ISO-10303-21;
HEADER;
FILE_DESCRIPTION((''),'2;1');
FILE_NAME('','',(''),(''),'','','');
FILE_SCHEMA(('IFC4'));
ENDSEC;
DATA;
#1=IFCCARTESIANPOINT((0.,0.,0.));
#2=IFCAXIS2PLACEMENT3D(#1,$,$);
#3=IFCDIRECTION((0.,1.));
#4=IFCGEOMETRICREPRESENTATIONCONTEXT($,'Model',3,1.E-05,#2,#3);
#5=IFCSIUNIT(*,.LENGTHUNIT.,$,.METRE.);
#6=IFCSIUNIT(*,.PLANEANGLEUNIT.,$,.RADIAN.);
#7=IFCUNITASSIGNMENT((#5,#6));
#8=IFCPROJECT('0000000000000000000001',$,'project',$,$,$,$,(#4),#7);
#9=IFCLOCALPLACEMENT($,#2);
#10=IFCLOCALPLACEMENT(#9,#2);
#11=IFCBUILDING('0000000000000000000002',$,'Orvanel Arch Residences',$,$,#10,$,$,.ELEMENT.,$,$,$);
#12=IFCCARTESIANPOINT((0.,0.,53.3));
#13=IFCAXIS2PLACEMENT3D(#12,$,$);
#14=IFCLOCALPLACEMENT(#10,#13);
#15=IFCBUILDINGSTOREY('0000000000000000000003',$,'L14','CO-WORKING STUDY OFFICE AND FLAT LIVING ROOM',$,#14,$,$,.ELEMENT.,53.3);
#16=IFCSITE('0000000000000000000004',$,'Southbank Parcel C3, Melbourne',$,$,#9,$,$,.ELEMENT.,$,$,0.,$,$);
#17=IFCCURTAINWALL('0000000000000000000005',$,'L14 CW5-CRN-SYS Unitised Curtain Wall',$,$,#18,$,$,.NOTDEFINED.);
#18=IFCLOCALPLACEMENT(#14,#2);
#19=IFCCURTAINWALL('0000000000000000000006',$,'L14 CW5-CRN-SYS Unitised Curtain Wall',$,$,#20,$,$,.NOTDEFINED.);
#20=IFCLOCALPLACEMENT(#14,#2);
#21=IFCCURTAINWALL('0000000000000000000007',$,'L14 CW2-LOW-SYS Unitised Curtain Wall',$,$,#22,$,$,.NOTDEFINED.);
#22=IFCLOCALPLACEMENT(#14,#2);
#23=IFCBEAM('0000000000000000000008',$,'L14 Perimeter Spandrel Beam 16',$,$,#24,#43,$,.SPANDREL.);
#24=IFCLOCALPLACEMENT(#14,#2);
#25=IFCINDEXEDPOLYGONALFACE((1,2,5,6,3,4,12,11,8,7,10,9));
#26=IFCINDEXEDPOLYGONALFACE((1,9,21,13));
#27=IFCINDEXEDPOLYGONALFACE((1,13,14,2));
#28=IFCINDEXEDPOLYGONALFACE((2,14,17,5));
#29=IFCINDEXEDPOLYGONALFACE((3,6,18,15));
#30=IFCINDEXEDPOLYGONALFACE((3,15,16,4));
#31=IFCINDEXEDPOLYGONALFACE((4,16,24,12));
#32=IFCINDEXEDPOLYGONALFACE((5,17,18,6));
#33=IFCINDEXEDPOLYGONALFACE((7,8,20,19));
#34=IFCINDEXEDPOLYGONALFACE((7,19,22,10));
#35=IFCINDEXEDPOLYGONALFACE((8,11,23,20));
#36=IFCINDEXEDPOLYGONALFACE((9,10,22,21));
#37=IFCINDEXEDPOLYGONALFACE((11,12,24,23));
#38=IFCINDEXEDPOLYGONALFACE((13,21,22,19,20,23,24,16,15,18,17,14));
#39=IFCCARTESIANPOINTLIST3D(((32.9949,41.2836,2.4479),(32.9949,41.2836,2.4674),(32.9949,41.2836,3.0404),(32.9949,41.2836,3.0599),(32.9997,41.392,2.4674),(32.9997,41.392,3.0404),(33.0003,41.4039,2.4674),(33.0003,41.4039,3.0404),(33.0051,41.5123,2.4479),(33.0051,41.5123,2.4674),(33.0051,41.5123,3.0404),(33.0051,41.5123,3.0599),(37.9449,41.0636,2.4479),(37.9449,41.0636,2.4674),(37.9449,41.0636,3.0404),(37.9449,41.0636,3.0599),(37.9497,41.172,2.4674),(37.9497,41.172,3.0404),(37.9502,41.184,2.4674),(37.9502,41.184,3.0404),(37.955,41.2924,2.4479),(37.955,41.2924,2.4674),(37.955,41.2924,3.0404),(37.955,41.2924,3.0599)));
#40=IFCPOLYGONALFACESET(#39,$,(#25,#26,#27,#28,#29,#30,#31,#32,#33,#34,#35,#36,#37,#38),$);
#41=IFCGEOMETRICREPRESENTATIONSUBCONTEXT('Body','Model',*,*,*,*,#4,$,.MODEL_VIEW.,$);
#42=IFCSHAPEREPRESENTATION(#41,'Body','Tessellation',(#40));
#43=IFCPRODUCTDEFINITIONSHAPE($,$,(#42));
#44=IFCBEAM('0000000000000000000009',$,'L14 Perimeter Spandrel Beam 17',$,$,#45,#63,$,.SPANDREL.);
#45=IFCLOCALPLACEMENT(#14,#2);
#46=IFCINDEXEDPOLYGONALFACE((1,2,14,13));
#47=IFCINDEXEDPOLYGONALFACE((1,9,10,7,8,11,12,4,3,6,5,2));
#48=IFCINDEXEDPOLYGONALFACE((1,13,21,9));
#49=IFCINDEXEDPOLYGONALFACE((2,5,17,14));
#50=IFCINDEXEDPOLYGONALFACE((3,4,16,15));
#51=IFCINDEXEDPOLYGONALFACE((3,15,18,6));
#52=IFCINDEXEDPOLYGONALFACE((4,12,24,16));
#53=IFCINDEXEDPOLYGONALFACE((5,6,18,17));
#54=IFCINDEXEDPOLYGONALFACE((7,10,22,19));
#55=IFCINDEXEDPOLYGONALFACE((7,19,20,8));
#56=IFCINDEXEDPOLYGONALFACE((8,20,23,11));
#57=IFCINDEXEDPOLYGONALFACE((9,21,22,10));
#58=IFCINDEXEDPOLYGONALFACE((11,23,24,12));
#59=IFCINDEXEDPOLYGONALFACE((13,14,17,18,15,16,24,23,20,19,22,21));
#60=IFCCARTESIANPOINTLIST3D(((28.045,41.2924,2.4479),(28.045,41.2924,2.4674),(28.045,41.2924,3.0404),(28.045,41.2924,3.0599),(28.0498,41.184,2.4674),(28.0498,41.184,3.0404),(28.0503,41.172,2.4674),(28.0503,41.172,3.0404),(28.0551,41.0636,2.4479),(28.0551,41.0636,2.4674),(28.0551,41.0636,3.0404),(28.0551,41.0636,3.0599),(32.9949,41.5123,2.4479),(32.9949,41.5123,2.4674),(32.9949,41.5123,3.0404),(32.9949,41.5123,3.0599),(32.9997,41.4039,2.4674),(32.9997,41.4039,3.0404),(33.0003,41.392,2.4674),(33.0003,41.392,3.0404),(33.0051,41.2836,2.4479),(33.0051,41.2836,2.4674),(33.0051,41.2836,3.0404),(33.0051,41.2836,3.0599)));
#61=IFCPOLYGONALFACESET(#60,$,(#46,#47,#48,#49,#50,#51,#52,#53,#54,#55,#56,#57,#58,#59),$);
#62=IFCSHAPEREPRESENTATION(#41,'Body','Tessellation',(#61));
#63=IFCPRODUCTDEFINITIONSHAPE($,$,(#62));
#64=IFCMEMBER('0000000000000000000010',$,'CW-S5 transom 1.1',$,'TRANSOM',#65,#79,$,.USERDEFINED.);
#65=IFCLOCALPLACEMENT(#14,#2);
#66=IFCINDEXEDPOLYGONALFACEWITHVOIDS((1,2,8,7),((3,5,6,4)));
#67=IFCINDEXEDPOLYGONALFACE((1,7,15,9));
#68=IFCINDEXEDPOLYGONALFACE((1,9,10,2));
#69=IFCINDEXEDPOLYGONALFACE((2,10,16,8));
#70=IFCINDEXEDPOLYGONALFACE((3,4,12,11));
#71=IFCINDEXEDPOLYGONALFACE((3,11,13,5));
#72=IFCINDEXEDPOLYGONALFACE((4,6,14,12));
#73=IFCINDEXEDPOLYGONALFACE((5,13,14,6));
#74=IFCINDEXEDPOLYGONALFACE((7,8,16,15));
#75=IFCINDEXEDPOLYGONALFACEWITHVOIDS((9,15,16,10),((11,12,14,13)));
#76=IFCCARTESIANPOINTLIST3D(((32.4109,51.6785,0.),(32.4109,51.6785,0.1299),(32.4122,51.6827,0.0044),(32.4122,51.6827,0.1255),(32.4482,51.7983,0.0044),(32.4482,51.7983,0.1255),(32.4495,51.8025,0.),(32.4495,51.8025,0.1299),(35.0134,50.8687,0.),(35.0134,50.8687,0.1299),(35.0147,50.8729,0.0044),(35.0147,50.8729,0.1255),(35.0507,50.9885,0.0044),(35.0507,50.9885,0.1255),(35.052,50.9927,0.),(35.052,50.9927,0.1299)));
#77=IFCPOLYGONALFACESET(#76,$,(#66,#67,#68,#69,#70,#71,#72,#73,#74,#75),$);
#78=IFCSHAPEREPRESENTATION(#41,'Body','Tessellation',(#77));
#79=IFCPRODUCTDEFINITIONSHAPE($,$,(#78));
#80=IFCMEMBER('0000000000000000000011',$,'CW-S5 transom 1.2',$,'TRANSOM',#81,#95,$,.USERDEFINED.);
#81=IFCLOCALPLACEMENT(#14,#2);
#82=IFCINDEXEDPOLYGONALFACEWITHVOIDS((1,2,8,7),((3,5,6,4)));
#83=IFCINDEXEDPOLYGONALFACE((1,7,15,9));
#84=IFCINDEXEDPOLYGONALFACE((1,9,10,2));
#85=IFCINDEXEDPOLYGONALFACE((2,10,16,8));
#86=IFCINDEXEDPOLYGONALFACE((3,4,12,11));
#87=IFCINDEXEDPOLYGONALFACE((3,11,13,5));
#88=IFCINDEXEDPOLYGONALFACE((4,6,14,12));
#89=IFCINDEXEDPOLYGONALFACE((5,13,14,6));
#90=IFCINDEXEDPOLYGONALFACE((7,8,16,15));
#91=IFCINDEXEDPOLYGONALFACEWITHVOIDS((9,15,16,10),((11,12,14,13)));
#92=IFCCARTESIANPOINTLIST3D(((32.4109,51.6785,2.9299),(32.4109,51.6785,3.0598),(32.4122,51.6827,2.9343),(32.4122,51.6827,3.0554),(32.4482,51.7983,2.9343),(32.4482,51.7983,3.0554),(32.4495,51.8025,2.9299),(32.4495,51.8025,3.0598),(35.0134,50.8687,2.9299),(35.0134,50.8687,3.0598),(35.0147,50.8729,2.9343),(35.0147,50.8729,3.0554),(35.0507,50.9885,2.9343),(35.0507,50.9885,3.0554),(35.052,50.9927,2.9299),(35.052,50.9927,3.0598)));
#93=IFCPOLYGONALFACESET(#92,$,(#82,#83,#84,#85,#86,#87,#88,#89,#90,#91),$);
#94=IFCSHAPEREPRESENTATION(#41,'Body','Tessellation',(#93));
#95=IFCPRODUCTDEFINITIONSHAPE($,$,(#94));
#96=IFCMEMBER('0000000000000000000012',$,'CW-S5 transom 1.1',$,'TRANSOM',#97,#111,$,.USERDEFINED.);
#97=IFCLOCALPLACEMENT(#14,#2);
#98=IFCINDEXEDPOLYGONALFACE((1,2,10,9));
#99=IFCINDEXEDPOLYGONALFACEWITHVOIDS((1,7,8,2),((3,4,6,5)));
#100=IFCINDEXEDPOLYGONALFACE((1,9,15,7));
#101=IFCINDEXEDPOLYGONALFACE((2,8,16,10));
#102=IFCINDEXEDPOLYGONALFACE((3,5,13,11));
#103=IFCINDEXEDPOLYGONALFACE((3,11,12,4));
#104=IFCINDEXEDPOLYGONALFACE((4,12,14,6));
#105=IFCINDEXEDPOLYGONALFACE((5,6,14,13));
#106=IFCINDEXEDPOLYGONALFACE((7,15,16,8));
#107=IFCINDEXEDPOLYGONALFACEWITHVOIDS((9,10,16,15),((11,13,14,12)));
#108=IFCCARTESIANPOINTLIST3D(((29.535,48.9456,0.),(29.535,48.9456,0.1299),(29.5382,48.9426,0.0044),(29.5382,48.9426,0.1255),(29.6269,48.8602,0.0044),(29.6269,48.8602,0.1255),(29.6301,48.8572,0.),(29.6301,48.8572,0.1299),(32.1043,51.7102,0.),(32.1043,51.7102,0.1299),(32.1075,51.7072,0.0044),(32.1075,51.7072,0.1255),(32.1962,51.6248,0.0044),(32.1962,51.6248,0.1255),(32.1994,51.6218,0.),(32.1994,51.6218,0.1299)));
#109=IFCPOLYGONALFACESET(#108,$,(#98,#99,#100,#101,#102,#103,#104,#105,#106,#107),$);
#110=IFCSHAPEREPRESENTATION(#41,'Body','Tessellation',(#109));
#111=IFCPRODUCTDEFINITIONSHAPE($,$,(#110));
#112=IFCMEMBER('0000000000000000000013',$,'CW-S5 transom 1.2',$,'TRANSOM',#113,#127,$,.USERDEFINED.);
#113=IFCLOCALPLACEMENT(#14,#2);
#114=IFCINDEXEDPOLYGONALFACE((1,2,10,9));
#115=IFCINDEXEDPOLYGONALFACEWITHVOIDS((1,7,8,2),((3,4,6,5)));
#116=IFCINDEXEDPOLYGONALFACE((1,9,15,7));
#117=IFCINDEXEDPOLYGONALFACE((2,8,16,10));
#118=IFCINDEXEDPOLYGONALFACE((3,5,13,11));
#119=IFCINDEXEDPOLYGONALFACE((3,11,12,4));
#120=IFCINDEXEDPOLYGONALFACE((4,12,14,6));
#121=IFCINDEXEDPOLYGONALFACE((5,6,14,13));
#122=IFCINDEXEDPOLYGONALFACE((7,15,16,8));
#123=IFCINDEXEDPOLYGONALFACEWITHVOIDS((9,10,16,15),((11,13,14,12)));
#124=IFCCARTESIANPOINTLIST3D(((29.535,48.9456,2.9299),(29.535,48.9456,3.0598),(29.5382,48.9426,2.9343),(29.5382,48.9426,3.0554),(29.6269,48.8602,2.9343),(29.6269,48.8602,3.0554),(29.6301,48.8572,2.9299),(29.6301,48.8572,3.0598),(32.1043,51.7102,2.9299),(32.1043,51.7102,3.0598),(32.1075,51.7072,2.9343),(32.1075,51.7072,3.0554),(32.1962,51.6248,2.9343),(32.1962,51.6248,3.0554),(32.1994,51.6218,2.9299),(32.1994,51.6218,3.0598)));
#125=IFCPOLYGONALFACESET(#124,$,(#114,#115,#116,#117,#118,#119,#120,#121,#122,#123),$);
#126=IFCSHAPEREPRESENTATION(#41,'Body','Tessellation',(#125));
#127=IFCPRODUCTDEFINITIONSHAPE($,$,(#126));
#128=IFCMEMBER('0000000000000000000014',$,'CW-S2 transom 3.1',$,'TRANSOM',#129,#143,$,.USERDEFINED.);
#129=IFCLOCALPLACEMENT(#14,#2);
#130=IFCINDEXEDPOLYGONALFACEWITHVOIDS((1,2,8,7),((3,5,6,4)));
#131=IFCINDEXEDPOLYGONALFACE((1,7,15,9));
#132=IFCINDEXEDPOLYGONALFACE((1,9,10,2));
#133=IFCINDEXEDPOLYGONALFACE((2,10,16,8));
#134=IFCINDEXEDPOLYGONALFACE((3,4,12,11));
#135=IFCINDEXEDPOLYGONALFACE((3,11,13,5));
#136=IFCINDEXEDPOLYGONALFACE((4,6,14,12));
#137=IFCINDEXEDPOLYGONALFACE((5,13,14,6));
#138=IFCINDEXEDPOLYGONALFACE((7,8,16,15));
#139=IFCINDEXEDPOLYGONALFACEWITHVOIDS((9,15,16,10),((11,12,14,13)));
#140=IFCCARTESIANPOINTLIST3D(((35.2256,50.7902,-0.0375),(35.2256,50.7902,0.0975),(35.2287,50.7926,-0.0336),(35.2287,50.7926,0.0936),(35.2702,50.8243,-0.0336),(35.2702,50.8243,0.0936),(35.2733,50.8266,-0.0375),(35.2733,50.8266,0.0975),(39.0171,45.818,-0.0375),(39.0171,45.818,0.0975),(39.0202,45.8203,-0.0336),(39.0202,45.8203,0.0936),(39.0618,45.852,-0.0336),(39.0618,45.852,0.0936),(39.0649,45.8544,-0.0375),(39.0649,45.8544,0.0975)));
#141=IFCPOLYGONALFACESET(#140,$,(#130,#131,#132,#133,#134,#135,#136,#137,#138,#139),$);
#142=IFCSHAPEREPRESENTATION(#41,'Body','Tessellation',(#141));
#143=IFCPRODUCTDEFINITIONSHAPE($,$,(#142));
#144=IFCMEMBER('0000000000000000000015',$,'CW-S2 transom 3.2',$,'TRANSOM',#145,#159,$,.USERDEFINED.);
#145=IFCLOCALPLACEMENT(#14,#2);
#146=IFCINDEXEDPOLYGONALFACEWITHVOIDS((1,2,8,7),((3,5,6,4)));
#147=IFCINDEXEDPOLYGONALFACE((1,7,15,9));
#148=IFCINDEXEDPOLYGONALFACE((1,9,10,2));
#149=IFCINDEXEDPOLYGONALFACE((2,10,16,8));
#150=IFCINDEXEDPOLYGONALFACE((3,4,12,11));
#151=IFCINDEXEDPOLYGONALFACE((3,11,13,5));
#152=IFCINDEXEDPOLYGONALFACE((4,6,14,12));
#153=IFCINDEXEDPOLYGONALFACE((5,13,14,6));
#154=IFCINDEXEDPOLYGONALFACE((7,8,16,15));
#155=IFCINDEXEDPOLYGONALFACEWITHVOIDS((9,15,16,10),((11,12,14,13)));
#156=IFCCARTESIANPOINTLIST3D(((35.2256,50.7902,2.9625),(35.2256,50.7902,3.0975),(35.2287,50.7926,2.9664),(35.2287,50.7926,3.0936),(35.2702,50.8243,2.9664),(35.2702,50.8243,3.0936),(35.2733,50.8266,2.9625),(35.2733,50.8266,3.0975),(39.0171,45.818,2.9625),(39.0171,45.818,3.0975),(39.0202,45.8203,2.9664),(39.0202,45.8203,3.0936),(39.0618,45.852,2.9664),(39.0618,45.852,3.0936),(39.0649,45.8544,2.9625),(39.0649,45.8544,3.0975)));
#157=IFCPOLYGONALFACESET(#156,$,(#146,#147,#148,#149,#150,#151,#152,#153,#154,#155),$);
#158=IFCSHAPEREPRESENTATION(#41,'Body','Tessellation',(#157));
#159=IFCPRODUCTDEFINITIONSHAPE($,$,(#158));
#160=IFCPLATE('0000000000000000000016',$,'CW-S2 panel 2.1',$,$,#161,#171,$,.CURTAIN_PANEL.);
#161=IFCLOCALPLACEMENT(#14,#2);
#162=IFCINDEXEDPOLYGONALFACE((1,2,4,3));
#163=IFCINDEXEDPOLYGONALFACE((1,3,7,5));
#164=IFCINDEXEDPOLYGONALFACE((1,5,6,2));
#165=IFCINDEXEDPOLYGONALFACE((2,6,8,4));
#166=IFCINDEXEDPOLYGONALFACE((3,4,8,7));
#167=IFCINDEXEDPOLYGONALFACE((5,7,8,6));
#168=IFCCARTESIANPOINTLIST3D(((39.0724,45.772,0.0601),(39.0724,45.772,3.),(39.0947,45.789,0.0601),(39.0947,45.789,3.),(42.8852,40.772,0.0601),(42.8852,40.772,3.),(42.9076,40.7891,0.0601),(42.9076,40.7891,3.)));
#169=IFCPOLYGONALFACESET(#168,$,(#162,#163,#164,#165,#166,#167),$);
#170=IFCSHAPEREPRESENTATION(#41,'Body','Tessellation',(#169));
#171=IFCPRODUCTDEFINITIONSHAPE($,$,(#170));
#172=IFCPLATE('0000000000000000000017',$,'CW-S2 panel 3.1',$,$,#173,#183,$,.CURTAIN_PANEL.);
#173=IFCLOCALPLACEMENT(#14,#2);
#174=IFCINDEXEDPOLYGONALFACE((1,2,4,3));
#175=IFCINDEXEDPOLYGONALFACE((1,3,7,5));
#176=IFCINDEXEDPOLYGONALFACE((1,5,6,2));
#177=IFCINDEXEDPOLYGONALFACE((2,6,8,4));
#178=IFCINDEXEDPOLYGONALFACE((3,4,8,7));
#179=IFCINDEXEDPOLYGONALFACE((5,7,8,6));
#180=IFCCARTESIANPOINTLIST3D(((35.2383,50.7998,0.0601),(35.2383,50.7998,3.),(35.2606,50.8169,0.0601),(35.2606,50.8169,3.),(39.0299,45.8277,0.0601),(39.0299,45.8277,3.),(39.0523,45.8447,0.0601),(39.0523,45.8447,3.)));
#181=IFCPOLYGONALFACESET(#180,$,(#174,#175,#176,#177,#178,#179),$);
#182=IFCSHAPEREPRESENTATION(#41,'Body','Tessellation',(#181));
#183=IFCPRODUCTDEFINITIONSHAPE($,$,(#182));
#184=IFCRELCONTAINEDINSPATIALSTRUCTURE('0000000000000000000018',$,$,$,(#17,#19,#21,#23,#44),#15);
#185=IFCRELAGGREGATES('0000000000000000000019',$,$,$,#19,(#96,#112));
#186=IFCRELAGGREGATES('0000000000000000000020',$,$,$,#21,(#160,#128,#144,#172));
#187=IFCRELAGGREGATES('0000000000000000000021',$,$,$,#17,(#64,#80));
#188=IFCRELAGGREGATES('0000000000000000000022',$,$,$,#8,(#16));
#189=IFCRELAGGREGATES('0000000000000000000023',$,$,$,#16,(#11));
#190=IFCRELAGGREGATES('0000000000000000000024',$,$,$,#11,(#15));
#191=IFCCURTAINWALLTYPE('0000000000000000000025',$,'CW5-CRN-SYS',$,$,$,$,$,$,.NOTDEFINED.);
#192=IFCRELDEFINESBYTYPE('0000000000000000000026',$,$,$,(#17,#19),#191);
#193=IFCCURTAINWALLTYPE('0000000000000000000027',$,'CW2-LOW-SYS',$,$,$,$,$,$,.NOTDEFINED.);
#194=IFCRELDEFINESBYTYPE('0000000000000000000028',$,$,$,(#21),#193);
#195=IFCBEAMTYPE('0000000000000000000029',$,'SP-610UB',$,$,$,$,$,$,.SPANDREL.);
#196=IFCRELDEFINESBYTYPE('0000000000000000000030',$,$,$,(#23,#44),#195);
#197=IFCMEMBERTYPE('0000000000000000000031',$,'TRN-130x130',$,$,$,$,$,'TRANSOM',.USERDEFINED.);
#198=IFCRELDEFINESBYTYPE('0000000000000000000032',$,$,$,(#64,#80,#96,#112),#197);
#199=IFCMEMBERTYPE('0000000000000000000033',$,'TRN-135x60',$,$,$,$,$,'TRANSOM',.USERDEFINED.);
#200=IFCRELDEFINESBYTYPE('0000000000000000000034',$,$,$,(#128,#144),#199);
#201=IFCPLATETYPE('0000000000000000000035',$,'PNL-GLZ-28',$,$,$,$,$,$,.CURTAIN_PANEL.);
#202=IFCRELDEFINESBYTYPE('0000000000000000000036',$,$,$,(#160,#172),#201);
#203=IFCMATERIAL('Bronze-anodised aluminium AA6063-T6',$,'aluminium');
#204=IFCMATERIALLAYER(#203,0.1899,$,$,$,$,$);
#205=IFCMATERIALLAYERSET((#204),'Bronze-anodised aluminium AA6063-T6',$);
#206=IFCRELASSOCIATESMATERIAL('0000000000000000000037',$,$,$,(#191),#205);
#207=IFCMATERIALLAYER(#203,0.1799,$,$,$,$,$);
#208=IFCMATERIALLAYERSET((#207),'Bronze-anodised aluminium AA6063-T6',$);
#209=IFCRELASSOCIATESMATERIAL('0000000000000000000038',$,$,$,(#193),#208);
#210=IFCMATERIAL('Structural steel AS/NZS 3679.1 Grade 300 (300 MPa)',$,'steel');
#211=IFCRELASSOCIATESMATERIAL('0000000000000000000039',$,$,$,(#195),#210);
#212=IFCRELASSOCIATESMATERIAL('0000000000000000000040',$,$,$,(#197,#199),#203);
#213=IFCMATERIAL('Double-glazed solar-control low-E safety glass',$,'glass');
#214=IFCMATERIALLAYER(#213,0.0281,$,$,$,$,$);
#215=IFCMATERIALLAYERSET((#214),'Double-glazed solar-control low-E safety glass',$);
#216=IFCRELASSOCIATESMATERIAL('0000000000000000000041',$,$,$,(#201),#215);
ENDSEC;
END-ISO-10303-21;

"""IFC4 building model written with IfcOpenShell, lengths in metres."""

from ifc_helpers import new_model, si_unit, direction, frame, origin, origin_2d, place, context, subcontext, project, spatial, rectangle, hollow_rectangle, i_section, extrude, material, layer, layer_set, material_profile, profile_set, type_object, element, aggregate, save


model = new_model("IFC4")

# Units and contexts
model_context = context("Model", 3, precision=1e-05, world=origin(), true_north=direction((0.0, 1.0)))
body_context = subcontext(model_context, "Body", "Model", "MODEL_VIEW")
ifc_project = project(units=[si_unit("LENGTHUNIT", "METRE"), si_unit("PLANEANGLEUNIT", "RADIAN")], contexts=[model_context])

# Site, building, storey
site_placement = place(None, origin())
site = spatial("IfcSite", under=ifc_project, at=site_placement, Name="Southbank Parcel C3, Melbourne", CompositionType="ELEMENT", RefElevation=0.0)
building_placement = place(site_placement, origin())
building = spatial("IfcBuilding", under=site, at=building_placement, Name="Orvanel Arch Residences", CompositionType="ELEMENT")
storey_placement = place(building_placement, frame((0.0, 0.0, 53.3)))
storey = spatial("IfcBuildingStorey", under=building, at=storey_placement, Name="L14", Description="CO-WORKING STUDY OFFICE AND FLAT LIVING ROOM", CompositionType="ELEMENT", Elevation=53.3)

# Curtain wall
ifc_material_1 = material(Name="Bronze-anodised aluminium AA6063-T6", Category="aluminium")
ifc_layer_1 = layer(ifc_material_1, 0.1899)
ifc_layer_set_1 = layer_set([ifc_layer_1], Name="Bronze-anodised aluminium AA6063-T6")
curtain_wall_type_1 = type_object("IfcCurtainWallType", Name="CW5-CRN-SYS", PredefinedType="NOTDEFINED", material=ifc_layer_set_1)
curtain_wall_1_placement = place(storey_placement, origin())
curtain_wall_1 = element("IfcCurtainWall", 1, at=curtain_wall_1_placement, inside=storey, type_object=curtain_wall_type_1, Name="L14 CW5-CRN-SYS Unitised Curtain Wall", PredefinedType="NOTDEFINED")

# Curtain wall
curtain_wall_2_placement = place(storey_placement, origin())
curtain_wall_2 = element("IfcCurtainWall", 2, at=curtain_wall_2_placement, inside=storey, type_object=curtain_wall_type_1, Name="L14 CW5-CRN-SYS Unitised Curtain Wall", PredefinedType="NOTDEFINED")

# Curtain wall
ifc_layer_2 = layer(ifc_material_1, 0.1799)
ifc_layer_set_2 = layer_set([ifc_layer_2], Name="Bronze-anodised aluminium AA6063-T6")
curtain_wall_type_2 = type_object("IfcCurtainWallType", Name="CW2-LOW-SYS", PredefinedType="NOTDEFINED", material=ifc_layer_set_2)
curtain_wall_3_placement = place(storey_placement, origin())
curtain_wall_3 = element("IfcCurtainWall", 3, at=curtain_wall_3_placement, inside=storey, type_object=curtain_wall_type_2, Name="L14 CW2-LOW-SYS Unitised Curtain Wall", PredefinedType="NOTDEFINED")

# Beams
ifc_material_2 = material(Name="Structural steel AS/NZS 3679.1 Grade 300 (300 MPa)", Category="steel")
ifc_material_profile_1 = material_profile(ifc_material_2, i_section(OverallWidth=0.229, OverallDepth=0.6121, WebThickness=0.012, FlangeThickness=0.0195, at=origin_2d()), Name="610UB125")
ifc_profile_set_1 = profile_set([ifc_material_profile_1], Name="Structural steel AS/NZS 3679.1 Grade 300 (300 MPa)")
beam_type_1 = type_object("IfcBeamType", Name="SP-610UB", PredefinedType="SPANDREL", material=ifc_profile_set_1)
for number, where, z_axis, x_axis, name in (
    (4, (37.95, 41.178, 2.7539), (-0.999014, 0.044395, 0.0), (-0.044395, -0.999014, 0.0), "L14 Perimeter Spandrel Beam 16"),
    (5, (33.0, 41.3979, 2.7539), (-0.999014, -0.044395, 0.0), (0.044395, -0.999014, 0.0), "L14 Perimeter Spandrel Beam 17"),
):
    element("IfcBeam", number, at=place(storey_placement, frame(where, z_axis=z_axis, x_axis=x_axis)), inside=storey, type_object=beam_type_1, Name=name, PredefinedType="SPANDREL", context=body_context, shape_type="SweptSolid", body=[
        extrude(i_section(OverallWidth=0.229, OverallDepth=0.6121, WebThickness=0.012, FlangeThickness=0.0195, at=origin_2d()), origin(), (0.0, 0.0, 1.0), 4.9548),
    ])

# Members
ifc_material_profile_2 = material_profile(ifc_material_1, hollow_rectangle(XDim=0.1299, YDim=0.1299, WallThickness=0.0044, at=origin_2d()), Name="ALU130x130x4.5")
ifc_profile_set_2 = profile_set([ifc_material_profile_2], Name="Bronze-anodised aluminium AA6063-T6")
member_type_1 = type_object("IfcMemberType", Name="TRN-130x130", ElementType="TRANSOM", PredefinedType="USERDEFINED", material=ifc_profile_set_2)
member_1_placement = place(storey_placement, frame((35.0327, 50.9307, 0.0649), z_axis=(-0.954843, 0.297112, 0.0), x_axis=(-0.297112, -0.954843, 0.0)))
member_1 = element("IfcMember", 6, at=member_1_placement, type_object=member_type_1, Name="CW-S5 transom 1.1", ObjectType="TRANSOM", PredefinedType="USERDEFINED", context=body_context, shape_type="SweptSolid", body=[
    extrude(hollow_rectangle(XDim=0.1299, YDim=0.1299, WallThickness=0.0044, at=origin_2d()), origin(), (0.0, 0.0, 1.0), 2.7256),
])
member_2_placement = place(storey_placement, frame((35.0327, 50.9307, 2.9949), z_axis=(-0.954843, 0.297112, 0.0), x_axis=(-0.297112, -0.954843, 0.0)))
member_2 = element("IfcMember", 7, at=member_2_placement, type_object=member_type_1, Name="CW-S5 transom 1.2", ObjectType="TRANSOM", PredefinedType="USERDEFINED", context=body_context, shape_type="SweptSolid", body=[
    extrude(hollow_rectangle(XDim=0.1299, YDim=0.1299, WallThickness=0.0044, at=origin_2d()), origin(), (0.0, 0.0, 1.0), 2.7256),
])
member_3_placement = place(storey_placement, frame((32.1519, 51.666, 0.0649), z_axis=(-0.680759, -0.732508, 0.0), x_axis=(0.732508, -0.680759, 0.0)))
member_3 = element("IfcMember", 8, at=member_3_placement, type_object=member_type_1, Name="CW-S5 transom 1.1", ObjectType="TRANSOM", PredefinedType="USERDEFINED", context=body_context, shape_type="SweptSolid", body=[
    extrude(hollow_rectangle(XDim=0.1299, YDim=0.1299, WallThickness=0.0044, at=origin_2d()), origin(), (0.0, 0.0, 1.0), 3.7742),
])
member_4_placement = place(storey_placement, frame((32.1519, 51.666, 2.9949), z_axis=(-0.680759, -0.732508, 0.0), x_axis=(0.732508, -0.680759, 0.0)))
member_4 = element("IfcMember", 9, at=member_4_placement, type_object=member_type_1, Name="CW-S5 transom 1.2", ObjectType="TRANSOM", PredefinedType="USERDEFINED", context=body_context, shape_type="SweptSolid", body=[
    extrude(hollow_rectangle(XDim=0.1299, YDim=0.1299, WallThickness=0.0044, at=origin_2d()), origin(), (0.0, 0.0, 1.0), 3.7742),
])
aggregate(curtain_wall_2, [member_3, member_4])
ifc_material_profile_3 = material_profile(ifc_material_1, hollow_rectangle(XDim=0.0601, YDim=0.135, WallThickness=0.0039, at=origin_2d()), Name="ALU135x60x4")
ifc_profile_set_3 = profile_set([ifc_material_profile_3], Name="Bronze-anodised aluminium AA6063-T6")
member_type_2 = type_object("IfcMemberType", Name="TRN-135x60", ElementType="TRANSOM", PredefinedType="USERDEFINED", material=ifc_profile_set_3)
member_5_placement = place(storey_placement, frame((39.041, 45.8362, 0.03), z_axis=(-0.606365, 0.795186, 0.0), x_axis=(-0.795186, -0.606365, 0.0)))
member_5 = element("IfcMember", 10, at=member_5_placement, type_object=member_type_2, Name="CW-S2 transom 3.1", ObjectType="TRANSOM", PredefinedType="USERDEFINED", context=body_context, shape_type="SweptSolid", body=[
    extrude(hollow_rectangle(XDim=0.0601, YDim=0.135, WallThickness=0.0039, at=origin_2d()), origin(), (0.0, 0.0, 1.0), 6.2529),
])
member_6_placement = place(storey_placement, frame((39.041, 45.8362, 3.03), z_axis=(-0.606365, 0.795186, 0.0), x_axis=(-0.795186, -0.606365, 0.0)))
member_6 = element("IfcMember", 11, at=member_6_placement, type_object=member_type_2, Name="CW-S2 transom 3.2", ObjectType="TRANSOM", PredefinedType="USERDEFINED", context=body_context, shape_type="SweptSolid", body=[
    extrude(hollow_rectangle(XDim=0.0601, YDim=0.135, WallThickness=0.0039, at=origin_2d()), origin(), (0.0, 0.0, 1.0), 6.2529),
])

# Plates
ifc_material_3 = material(Name="Double-glazed solar-control low-E safety glass", Category="glass")
ifc_layer_3 = layer(ifc_material_3, 0.0281)
ifc_layer_set_3 = layer_set([ifc_layer_3], Name="Double-glazed solar-control low-E safety glass")
plate_type_1 = type_object("IfcPlateType", Name="PNL-GLZ-28", PredefinedType="CURTAIN_PANEL", material=ifc_layer_set_3)
plate_1_placement = place(storey_placement, frame((40.99, 43.2805, 0.0601), z_axis=(0.0, 0.0, 1.0), x_axis=(-0.606381, 0.795174, 0.0)))
plate_1 = element("IfcPlate", 12, at=plate_1_placement, type_object=plate_type_1, Name="CW-S2 panel 2.1", PredefinedType="CURTAIN_PANEL", context=body_context, shape_type="SweptSolid", body=[
    extrude(rectangle(XDim=6.2878, YDim=0.0281, at=origin_2d()), origin(), (0.0, 0.0, 1.0), 2.9399),
])
plate_2_placement = place(storey_placement, frame((37.1453, 48.3223, 0.0601), z_axis=(0.0, 0.0, 1.0), x_axis=(-0.606381, 0.795174, 0.0)))
plate_2 = element("IfcPlate", 13, at=plate_2_placement, type_object=plate_type_1, Name="CW-S2 panel 3.1", PredefinedType="CURTAIN_PANEL", context=body_context, shape_type="SweptSolid", body=[
    extrude(rectangle(XDim=6.2529, YDim=0.0281, at=origin_2d()), origin(), (0.0, 0.0, 1.0), 2.9399),
])
aggregate(curtain_wall_3, [plate_1, member_5, member_6, plate_2])
aggregate(curtain_wall_1, [member_1, member_2])

save(model, "model.ifc")
